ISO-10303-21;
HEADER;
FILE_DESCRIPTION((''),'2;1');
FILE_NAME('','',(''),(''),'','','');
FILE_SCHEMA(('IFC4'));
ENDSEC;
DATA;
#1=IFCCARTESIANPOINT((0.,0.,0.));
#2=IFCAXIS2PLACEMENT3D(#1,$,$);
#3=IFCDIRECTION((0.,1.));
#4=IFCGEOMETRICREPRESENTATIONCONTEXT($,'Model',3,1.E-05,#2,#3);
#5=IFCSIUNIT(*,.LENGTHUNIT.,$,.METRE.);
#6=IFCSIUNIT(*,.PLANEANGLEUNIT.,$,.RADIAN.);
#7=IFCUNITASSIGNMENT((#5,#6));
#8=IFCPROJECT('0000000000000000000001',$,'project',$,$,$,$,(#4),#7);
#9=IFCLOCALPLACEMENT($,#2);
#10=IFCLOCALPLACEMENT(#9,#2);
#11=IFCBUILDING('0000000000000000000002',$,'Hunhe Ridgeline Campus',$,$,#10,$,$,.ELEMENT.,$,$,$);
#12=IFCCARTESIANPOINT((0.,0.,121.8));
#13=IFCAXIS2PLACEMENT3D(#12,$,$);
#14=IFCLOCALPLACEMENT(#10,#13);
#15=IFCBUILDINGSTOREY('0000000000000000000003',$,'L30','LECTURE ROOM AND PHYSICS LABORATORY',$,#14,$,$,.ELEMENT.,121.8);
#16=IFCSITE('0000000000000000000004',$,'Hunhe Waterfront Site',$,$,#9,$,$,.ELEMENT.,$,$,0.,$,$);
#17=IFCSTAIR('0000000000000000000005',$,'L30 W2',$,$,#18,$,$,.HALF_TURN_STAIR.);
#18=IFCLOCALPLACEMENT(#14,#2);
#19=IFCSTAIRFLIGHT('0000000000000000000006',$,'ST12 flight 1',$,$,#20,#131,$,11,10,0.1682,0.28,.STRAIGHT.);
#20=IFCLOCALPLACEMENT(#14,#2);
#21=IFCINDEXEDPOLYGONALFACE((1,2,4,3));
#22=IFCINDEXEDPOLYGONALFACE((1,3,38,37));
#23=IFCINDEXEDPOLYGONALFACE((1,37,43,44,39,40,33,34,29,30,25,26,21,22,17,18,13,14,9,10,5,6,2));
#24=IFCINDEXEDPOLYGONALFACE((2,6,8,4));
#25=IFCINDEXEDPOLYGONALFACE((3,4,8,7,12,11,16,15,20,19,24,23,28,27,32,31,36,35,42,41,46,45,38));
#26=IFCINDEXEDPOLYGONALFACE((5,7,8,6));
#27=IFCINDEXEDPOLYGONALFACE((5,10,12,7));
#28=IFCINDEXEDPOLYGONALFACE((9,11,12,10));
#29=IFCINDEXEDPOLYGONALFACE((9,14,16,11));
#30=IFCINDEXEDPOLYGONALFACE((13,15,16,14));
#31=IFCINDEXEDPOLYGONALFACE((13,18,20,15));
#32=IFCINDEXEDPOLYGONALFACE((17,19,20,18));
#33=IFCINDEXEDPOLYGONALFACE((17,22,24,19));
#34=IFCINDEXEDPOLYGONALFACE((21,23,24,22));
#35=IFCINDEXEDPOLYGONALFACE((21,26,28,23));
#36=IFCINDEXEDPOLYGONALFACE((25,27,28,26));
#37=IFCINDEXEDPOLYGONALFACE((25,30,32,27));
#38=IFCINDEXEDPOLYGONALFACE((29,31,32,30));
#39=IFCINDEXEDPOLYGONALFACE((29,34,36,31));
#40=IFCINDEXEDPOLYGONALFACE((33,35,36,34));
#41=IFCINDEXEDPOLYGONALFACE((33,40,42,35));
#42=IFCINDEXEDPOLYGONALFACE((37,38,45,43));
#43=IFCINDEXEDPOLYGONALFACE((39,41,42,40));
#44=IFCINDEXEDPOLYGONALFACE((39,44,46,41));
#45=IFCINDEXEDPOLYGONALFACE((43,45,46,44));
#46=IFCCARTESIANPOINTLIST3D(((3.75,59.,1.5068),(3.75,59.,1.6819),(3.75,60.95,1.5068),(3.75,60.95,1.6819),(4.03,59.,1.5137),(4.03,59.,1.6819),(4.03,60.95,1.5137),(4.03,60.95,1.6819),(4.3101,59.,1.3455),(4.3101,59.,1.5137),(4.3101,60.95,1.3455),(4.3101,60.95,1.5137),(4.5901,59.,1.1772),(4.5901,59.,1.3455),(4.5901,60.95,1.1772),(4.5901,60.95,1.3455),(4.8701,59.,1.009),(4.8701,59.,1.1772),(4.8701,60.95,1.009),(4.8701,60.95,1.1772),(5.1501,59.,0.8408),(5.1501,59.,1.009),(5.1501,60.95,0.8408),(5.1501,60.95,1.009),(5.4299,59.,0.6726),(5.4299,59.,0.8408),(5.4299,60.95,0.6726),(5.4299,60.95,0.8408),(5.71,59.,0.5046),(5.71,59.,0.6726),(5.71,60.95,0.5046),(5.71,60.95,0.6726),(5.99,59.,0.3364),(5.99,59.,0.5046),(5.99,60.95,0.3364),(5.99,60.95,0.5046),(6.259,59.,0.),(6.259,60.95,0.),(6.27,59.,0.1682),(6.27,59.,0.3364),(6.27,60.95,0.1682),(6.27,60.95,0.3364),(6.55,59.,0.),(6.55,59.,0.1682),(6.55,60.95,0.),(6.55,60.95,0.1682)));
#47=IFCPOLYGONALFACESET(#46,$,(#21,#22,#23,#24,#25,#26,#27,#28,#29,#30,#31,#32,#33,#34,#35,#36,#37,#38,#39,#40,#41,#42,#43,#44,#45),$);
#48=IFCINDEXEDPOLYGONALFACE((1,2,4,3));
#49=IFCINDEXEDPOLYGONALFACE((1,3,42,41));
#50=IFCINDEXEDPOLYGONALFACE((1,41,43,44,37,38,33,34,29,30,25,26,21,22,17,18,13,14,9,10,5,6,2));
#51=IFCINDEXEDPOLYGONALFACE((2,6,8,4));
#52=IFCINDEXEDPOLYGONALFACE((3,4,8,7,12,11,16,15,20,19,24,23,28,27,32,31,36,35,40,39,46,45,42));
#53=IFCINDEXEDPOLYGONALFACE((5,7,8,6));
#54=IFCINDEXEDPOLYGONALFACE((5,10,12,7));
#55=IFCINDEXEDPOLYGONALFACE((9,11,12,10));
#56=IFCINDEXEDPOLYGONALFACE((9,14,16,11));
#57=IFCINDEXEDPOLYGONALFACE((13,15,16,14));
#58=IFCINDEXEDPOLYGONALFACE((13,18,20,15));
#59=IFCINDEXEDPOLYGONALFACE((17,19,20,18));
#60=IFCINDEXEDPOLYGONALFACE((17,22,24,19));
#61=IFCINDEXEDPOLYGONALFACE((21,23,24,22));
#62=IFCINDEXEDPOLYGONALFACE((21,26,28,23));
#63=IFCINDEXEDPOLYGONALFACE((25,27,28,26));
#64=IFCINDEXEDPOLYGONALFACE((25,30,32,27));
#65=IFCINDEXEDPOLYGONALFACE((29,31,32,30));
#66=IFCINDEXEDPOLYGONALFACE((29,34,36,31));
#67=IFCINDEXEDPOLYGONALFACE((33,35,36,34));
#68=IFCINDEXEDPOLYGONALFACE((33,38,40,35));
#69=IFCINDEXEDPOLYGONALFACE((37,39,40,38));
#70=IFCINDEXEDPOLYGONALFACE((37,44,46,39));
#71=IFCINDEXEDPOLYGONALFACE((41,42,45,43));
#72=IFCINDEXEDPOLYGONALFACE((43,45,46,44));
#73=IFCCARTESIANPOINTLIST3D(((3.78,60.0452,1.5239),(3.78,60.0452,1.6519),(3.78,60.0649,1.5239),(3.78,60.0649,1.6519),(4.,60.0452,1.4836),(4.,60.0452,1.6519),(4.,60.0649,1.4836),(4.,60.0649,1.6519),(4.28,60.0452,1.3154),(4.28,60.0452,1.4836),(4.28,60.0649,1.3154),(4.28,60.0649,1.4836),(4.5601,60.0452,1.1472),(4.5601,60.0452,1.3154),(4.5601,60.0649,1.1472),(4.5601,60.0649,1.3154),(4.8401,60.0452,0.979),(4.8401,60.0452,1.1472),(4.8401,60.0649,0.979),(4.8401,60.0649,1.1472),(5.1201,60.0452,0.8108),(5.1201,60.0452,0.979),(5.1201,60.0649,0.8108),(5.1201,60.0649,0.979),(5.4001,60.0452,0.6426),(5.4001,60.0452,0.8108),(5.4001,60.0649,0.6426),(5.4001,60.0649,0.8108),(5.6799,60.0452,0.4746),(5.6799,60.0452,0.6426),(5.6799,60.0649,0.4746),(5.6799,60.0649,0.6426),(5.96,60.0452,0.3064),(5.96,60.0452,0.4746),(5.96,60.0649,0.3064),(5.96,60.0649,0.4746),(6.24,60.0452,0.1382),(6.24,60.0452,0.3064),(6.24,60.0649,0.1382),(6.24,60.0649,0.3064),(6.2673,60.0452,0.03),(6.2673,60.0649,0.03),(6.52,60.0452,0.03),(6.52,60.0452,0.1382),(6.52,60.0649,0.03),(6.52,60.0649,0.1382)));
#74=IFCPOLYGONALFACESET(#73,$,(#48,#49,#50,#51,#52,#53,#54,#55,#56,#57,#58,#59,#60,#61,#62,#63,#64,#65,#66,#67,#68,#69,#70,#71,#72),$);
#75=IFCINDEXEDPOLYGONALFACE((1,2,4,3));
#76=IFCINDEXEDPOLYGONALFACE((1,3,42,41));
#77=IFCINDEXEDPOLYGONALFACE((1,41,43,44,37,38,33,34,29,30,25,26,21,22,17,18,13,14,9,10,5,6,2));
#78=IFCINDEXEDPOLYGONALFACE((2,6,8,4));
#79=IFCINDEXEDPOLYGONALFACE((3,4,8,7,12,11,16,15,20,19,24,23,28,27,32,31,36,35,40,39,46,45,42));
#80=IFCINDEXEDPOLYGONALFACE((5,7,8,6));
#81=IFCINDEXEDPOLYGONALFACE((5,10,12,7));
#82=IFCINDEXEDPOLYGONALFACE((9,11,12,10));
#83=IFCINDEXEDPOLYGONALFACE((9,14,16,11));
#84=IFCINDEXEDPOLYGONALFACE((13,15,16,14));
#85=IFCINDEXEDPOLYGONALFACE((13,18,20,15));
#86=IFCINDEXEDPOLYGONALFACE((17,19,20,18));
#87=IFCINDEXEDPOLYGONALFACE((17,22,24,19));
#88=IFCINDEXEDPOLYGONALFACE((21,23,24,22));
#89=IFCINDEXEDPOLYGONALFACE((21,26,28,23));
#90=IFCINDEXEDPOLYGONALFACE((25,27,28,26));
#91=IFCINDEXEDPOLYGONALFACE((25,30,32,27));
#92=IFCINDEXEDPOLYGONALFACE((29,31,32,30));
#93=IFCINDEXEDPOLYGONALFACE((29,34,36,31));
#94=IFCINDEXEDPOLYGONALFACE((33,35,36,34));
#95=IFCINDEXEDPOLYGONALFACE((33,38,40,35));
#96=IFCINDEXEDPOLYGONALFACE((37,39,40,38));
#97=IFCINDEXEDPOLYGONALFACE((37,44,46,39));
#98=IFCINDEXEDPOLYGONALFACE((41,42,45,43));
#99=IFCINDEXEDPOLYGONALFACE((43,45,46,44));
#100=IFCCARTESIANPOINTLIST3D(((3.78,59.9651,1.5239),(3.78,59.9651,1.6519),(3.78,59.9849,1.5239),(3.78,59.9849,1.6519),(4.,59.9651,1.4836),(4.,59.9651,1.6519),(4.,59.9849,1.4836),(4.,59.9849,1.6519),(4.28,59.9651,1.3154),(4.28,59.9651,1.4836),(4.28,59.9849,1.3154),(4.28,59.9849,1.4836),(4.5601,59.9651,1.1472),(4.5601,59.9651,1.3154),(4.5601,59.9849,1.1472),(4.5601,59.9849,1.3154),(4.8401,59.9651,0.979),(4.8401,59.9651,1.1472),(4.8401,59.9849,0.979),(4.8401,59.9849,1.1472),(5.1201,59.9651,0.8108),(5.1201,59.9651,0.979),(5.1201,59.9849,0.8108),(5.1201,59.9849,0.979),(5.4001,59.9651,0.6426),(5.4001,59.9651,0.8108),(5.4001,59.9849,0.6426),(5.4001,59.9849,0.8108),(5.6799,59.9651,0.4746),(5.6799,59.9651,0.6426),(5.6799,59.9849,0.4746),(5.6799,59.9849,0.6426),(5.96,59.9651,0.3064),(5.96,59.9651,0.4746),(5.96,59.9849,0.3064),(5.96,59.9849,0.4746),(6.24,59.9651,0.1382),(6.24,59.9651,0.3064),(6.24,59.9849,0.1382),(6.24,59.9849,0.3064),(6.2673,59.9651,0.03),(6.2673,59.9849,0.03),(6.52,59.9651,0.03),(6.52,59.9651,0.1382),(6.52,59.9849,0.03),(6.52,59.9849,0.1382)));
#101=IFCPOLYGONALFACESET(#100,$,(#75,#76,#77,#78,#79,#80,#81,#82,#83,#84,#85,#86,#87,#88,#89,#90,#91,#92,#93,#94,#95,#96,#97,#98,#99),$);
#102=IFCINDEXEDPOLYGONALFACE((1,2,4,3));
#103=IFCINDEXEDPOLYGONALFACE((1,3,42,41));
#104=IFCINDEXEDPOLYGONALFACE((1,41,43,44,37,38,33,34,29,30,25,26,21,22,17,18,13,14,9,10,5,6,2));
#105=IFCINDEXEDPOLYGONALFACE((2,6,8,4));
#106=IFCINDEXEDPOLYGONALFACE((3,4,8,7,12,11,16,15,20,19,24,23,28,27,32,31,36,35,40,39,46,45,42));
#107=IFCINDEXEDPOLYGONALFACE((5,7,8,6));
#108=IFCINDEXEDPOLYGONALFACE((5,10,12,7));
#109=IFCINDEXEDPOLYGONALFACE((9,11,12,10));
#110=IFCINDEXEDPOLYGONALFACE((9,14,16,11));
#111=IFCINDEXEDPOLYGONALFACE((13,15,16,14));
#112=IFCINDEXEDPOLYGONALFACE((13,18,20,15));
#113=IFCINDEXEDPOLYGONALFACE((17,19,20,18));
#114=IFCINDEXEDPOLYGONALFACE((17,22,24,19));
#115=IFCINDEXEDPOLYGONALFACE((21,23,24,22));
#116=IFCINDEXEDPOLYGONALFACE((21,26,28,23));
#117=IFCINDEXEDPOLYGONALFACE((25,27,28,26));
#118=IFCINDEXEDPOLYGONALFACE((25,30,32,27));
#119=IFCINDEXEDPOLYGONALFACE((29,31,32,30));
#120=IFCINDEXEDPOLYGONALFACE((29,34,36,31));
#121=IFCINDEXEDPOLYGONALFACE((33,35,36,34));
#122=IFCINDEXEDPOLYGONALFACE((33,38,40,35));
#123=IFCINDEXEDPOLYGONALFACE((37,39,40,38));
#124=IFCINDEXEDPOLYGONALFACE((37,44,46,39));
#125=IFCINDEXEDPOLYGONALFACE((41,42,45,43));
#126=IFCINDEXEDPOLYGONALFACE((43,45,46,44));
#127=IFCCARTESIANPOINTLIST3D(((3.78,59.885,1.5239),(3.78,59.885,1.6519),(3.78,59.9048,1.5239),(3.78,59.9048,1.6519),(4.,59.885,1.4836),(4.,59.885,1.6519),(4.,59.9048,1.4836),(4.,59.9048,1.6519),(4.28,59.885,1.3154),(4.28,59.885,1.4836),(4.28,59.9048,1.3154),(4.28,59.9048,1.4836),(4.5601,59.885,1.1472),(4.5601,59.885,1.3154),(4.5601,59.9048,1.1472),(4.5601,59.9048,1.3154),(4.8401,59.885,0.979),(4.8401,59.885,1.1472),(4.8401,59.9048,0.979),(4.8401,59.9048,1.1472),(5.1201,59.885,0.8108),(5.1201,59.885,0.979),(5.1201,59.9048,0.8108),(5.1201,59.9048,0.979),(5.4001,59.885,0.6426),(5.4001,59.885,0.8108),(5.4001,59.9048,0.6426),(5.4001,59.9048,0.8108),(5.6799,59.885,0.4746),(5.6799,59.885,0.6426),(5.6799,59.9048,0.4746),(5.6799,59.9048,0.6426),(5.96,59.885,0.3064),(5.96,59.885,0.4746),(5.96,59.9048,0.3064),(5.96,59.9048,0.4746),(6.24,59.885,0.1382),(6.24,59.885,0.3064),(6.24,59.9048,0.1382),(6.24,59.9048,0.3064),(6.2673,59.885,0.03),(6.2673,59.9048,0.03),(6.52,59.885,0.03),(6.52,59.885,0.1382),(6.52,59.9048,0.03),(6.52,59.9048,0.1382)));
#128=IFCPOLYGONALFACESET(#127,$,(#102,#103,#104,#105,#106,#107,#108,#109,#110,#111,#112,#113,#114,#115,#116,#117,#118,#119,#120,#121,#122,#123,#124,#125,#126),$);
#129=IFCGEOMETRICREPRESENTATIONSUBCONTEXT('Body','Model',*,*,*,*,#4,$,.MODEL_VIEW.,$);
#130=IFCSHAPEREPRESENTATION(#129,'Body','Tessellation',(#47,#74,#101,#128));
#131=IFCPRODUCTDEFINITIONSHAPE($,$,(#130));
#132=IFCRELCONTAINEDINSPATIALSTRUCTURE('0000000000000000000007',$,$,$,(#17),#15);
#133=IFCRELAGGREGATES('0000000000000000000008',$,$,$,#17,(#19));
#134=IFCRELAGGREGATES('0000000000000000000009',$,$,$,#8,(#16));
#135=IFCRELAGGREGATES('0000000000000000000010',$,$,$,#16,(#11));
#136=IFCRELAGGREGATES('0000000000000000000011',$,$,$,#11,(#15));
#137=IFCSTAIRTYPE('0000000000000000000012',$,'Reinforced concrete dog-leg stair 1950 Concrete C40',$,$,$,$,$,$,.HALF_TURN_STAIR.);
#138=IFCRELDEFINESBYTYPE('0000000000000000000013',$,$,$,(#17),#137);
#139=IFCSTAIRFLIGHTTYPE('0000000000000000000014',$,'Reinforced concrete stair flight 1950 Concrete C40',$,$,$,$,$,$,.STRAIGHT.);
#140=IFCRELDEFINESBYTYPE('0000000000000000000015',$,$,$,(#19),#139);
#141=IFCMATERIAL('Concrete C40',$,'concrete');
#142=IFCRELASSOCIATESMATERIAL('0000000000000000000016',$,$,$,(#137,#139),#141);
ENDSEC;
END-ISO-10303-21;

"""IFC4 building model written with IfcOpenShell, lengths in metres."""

from ifc_helpers import new_model, si_unit, direction, frame, origin, place, context, subcontext, project, spatial, polyline, outline, extrude, material, type_object, element, aggregate, save


model = new_model("IFC4")

# Units and contexts
model_context = context("Model", 3, precision=1e-05, world=origin(), true_north=direction((0.0, 1.0)))
body_context = subcontext(model_context, "Body", "Model", "MODEL_VIEW")
ifc_project = project(units=[si_unit("LENGTHUNIT", "METRE"), si_unit("PLANEANGLEUNIT", "RADIAN")], contexts=[model_context])

# Site, building, storey
site_placement = place(None, origin())
site = spatial("IfcSite", under=ifc_project, at=site_placement, Name="Hunhe Waterfront Site", CompositionType="ELEMENT", RefElevation=0.0)
building_placement = place(site_placement, origin())
building = spatial("IfcBuilding", under=site, at=building_placement, Name="Hunhe Ridgeline Campus", CompositionType="ELEMENT")
storey_placement = place(building_placement, frame((0.0, 0.0, 121.8)))
storey = spatial("IfcBuildingStorey", under=building, at=storey_placement, Name="L30", Description="LECTURE ROOM AND PHYSICS LABORATORY", CompositionType="ELEMENT", Elevation=121.8)

# Stair, stair flight
ifc_material_1 = material(Name="Concrete C40", Category="concrete")
stair_type = type_object("IfcStairType", Name="Reinforced concrete dog-leg stair 1950 Concrete C40", PredefinedType="HALF_TURN_STAIR", material=ifc_material_1)
stair_placement = place(storey_placement, origin())
stair = element("IfcStair", 1, at=stair_placement, inside=storey, type_object=stair_type, Name="L30 W2", PredefinedType="HALF_TURN_STAIR")
stair_flight_type = type_object("IfcStairFlightType", Name="Reinforced concrete stair flight 1950 Concrete C40", PredefinedType="STRAIGHT", material=ifc_material_1)
stair_flight_1_placement = place(storey_placement, frame((6.55, 59.9751, 0.0), z_axis=(0.0, 0.0, 1.0), x_axis=(-1.0, 0.0, 0.0)))
stair_flight_1 = element("IfcStairFlight", 2, at=stair_flight_1_placement, type_object=stair_flight_type, Name="ST12 flight 1", NumberOfRisers=11, NumberOfTreads=10, PredefinedType="STRAIGHT", RiserHeight=0.1682, TreadLength=0.28, context=body_context, shape_type="SweptSolid", body=[
    extrude(outline(polyline([(0.0, 0.0), (0.0, 0.1682), (0.28, 0.1682), (0.28, 0.3364), (0.5601, 0.3364), (0.5601, 0.5046), (0.8401, 0.5046), (0.8401, 0.6726), (1.1201, 0.6726), (1.1201, 0.8408), (1.3999, 0.8408), (1.3999, 1.009), (1.6799, 1.009), (1.6799, 1.1772), (1.96, 1.1772), (1.96, 1.3455), (2.24, 1.3455), (2.24, 1.5137), (2.52, 1.5137), (2.52, 1.6819), (2.8, 1.6819), (2.8, 1.8501), (2.8, 1.5068), (0.291, 0.0), (0.0, 0.0)])), frame((0.0, 0.9751, 0.0), z_axis=(0.0, -1.0, 0.0), x_axis=(1.0, 0.0, 0.0)), (0.0, 0.0, 1.0), 1.95),
    extrude(outline(polyline([(0.03, 0.03), (0.03, 0.1382), (0.3101, 0.1382), (0.3101, 0.3064), (0.5901, 0.3064), (0.5901, 0.4746), (0.8701, 0.4746), (0.8701, 0.6426), (1.1499, 0.6426), (1.1499, 0.8108), (1.4299, 0.8108), (1.4299, 0.979), (1.71, 0.979), (1.71, 1.1472), (1.99, 1.1472), (1.99, 1.3154), (2.27, 1.3154), (2.27, 1.4836), (2.55, 1.4836), (2.55, 1.6519), (2.77, 1.6519), (2.77, 1.5239), (0.2827, 0.03), (0.03, 0.03)])), frame((0.0, -0.0701, 0.0), z_axis=(0.0, -1.0, 0.0), x_axis=(1.0, 0.0, 0.0)), (0.0, 0.0, 1.0), 0.0198),
    extrude(outline(polyline([(0.03, 0.03), (0.03, 0.1382), (0.3101, 0.1382), (0.3101, 0.3064), (0.5901, 0.3064), (0.5901, 0.4746), (0.8701, 0.4746), (0.8701, 0.6426), (1.1499, 0.6426), (1.1499, 0.8108), (1.4299, 0.8108), (1.4299, 0.979), (1.71, 0.979), (1.71, 1.1472), (1.99, 1.1472), (1.99, 1.3154), (2.27, 1.3154), (2.27, 1.4836), (2.55, 1.4836), (2.55, 1.6519), (2.77, 1.6519), (2.77, 1.5239), (0.2827, 0.03), (0.03, 0.03)])), frame((0.0, 0.01, 0.0), z_axis=(0.0, -1.0, 0.0), x_axis=(1.0, 0.0, 0.0)), (0.0, 0.0, 1.0), 0.0198),
    extrude(outline(polyline([(0.03, 0.03), (0.03, 0.1382), (0.3101, 0.1382), (0.3101, 0.3064), (0.5901, 0.3064), (0.5901, 0.4746), (0.8701, 0.4746), (0.8701, 0.6426), (1.1499, 0.6426), (1.1499, 0.8108), (1.4299, 0.8108), (1.4299, 0.979), (1.71, 0.979), (1.71, 1.1472), (1.99, 1.1472), (1.99, 1.3154), (2.27, 1.3154), (2.27, 1.4836), (2.55, 1.4836), (2.55, 1.6519), (2.77, 1.6519), (2.77, 1.5239), (0.2827, 0.03), (0.03, 0.03)])), frame((0.0, 0.0901, 0.0), z_axis=(0.0, -1.0, 0.0), x_axis=(1.0, 0.0, 0.0)), (0.0, 0.0, 1.0), 0.0198),
])
aggregate(stair, [stair_flight_1])

save(model, "model.ifc")
